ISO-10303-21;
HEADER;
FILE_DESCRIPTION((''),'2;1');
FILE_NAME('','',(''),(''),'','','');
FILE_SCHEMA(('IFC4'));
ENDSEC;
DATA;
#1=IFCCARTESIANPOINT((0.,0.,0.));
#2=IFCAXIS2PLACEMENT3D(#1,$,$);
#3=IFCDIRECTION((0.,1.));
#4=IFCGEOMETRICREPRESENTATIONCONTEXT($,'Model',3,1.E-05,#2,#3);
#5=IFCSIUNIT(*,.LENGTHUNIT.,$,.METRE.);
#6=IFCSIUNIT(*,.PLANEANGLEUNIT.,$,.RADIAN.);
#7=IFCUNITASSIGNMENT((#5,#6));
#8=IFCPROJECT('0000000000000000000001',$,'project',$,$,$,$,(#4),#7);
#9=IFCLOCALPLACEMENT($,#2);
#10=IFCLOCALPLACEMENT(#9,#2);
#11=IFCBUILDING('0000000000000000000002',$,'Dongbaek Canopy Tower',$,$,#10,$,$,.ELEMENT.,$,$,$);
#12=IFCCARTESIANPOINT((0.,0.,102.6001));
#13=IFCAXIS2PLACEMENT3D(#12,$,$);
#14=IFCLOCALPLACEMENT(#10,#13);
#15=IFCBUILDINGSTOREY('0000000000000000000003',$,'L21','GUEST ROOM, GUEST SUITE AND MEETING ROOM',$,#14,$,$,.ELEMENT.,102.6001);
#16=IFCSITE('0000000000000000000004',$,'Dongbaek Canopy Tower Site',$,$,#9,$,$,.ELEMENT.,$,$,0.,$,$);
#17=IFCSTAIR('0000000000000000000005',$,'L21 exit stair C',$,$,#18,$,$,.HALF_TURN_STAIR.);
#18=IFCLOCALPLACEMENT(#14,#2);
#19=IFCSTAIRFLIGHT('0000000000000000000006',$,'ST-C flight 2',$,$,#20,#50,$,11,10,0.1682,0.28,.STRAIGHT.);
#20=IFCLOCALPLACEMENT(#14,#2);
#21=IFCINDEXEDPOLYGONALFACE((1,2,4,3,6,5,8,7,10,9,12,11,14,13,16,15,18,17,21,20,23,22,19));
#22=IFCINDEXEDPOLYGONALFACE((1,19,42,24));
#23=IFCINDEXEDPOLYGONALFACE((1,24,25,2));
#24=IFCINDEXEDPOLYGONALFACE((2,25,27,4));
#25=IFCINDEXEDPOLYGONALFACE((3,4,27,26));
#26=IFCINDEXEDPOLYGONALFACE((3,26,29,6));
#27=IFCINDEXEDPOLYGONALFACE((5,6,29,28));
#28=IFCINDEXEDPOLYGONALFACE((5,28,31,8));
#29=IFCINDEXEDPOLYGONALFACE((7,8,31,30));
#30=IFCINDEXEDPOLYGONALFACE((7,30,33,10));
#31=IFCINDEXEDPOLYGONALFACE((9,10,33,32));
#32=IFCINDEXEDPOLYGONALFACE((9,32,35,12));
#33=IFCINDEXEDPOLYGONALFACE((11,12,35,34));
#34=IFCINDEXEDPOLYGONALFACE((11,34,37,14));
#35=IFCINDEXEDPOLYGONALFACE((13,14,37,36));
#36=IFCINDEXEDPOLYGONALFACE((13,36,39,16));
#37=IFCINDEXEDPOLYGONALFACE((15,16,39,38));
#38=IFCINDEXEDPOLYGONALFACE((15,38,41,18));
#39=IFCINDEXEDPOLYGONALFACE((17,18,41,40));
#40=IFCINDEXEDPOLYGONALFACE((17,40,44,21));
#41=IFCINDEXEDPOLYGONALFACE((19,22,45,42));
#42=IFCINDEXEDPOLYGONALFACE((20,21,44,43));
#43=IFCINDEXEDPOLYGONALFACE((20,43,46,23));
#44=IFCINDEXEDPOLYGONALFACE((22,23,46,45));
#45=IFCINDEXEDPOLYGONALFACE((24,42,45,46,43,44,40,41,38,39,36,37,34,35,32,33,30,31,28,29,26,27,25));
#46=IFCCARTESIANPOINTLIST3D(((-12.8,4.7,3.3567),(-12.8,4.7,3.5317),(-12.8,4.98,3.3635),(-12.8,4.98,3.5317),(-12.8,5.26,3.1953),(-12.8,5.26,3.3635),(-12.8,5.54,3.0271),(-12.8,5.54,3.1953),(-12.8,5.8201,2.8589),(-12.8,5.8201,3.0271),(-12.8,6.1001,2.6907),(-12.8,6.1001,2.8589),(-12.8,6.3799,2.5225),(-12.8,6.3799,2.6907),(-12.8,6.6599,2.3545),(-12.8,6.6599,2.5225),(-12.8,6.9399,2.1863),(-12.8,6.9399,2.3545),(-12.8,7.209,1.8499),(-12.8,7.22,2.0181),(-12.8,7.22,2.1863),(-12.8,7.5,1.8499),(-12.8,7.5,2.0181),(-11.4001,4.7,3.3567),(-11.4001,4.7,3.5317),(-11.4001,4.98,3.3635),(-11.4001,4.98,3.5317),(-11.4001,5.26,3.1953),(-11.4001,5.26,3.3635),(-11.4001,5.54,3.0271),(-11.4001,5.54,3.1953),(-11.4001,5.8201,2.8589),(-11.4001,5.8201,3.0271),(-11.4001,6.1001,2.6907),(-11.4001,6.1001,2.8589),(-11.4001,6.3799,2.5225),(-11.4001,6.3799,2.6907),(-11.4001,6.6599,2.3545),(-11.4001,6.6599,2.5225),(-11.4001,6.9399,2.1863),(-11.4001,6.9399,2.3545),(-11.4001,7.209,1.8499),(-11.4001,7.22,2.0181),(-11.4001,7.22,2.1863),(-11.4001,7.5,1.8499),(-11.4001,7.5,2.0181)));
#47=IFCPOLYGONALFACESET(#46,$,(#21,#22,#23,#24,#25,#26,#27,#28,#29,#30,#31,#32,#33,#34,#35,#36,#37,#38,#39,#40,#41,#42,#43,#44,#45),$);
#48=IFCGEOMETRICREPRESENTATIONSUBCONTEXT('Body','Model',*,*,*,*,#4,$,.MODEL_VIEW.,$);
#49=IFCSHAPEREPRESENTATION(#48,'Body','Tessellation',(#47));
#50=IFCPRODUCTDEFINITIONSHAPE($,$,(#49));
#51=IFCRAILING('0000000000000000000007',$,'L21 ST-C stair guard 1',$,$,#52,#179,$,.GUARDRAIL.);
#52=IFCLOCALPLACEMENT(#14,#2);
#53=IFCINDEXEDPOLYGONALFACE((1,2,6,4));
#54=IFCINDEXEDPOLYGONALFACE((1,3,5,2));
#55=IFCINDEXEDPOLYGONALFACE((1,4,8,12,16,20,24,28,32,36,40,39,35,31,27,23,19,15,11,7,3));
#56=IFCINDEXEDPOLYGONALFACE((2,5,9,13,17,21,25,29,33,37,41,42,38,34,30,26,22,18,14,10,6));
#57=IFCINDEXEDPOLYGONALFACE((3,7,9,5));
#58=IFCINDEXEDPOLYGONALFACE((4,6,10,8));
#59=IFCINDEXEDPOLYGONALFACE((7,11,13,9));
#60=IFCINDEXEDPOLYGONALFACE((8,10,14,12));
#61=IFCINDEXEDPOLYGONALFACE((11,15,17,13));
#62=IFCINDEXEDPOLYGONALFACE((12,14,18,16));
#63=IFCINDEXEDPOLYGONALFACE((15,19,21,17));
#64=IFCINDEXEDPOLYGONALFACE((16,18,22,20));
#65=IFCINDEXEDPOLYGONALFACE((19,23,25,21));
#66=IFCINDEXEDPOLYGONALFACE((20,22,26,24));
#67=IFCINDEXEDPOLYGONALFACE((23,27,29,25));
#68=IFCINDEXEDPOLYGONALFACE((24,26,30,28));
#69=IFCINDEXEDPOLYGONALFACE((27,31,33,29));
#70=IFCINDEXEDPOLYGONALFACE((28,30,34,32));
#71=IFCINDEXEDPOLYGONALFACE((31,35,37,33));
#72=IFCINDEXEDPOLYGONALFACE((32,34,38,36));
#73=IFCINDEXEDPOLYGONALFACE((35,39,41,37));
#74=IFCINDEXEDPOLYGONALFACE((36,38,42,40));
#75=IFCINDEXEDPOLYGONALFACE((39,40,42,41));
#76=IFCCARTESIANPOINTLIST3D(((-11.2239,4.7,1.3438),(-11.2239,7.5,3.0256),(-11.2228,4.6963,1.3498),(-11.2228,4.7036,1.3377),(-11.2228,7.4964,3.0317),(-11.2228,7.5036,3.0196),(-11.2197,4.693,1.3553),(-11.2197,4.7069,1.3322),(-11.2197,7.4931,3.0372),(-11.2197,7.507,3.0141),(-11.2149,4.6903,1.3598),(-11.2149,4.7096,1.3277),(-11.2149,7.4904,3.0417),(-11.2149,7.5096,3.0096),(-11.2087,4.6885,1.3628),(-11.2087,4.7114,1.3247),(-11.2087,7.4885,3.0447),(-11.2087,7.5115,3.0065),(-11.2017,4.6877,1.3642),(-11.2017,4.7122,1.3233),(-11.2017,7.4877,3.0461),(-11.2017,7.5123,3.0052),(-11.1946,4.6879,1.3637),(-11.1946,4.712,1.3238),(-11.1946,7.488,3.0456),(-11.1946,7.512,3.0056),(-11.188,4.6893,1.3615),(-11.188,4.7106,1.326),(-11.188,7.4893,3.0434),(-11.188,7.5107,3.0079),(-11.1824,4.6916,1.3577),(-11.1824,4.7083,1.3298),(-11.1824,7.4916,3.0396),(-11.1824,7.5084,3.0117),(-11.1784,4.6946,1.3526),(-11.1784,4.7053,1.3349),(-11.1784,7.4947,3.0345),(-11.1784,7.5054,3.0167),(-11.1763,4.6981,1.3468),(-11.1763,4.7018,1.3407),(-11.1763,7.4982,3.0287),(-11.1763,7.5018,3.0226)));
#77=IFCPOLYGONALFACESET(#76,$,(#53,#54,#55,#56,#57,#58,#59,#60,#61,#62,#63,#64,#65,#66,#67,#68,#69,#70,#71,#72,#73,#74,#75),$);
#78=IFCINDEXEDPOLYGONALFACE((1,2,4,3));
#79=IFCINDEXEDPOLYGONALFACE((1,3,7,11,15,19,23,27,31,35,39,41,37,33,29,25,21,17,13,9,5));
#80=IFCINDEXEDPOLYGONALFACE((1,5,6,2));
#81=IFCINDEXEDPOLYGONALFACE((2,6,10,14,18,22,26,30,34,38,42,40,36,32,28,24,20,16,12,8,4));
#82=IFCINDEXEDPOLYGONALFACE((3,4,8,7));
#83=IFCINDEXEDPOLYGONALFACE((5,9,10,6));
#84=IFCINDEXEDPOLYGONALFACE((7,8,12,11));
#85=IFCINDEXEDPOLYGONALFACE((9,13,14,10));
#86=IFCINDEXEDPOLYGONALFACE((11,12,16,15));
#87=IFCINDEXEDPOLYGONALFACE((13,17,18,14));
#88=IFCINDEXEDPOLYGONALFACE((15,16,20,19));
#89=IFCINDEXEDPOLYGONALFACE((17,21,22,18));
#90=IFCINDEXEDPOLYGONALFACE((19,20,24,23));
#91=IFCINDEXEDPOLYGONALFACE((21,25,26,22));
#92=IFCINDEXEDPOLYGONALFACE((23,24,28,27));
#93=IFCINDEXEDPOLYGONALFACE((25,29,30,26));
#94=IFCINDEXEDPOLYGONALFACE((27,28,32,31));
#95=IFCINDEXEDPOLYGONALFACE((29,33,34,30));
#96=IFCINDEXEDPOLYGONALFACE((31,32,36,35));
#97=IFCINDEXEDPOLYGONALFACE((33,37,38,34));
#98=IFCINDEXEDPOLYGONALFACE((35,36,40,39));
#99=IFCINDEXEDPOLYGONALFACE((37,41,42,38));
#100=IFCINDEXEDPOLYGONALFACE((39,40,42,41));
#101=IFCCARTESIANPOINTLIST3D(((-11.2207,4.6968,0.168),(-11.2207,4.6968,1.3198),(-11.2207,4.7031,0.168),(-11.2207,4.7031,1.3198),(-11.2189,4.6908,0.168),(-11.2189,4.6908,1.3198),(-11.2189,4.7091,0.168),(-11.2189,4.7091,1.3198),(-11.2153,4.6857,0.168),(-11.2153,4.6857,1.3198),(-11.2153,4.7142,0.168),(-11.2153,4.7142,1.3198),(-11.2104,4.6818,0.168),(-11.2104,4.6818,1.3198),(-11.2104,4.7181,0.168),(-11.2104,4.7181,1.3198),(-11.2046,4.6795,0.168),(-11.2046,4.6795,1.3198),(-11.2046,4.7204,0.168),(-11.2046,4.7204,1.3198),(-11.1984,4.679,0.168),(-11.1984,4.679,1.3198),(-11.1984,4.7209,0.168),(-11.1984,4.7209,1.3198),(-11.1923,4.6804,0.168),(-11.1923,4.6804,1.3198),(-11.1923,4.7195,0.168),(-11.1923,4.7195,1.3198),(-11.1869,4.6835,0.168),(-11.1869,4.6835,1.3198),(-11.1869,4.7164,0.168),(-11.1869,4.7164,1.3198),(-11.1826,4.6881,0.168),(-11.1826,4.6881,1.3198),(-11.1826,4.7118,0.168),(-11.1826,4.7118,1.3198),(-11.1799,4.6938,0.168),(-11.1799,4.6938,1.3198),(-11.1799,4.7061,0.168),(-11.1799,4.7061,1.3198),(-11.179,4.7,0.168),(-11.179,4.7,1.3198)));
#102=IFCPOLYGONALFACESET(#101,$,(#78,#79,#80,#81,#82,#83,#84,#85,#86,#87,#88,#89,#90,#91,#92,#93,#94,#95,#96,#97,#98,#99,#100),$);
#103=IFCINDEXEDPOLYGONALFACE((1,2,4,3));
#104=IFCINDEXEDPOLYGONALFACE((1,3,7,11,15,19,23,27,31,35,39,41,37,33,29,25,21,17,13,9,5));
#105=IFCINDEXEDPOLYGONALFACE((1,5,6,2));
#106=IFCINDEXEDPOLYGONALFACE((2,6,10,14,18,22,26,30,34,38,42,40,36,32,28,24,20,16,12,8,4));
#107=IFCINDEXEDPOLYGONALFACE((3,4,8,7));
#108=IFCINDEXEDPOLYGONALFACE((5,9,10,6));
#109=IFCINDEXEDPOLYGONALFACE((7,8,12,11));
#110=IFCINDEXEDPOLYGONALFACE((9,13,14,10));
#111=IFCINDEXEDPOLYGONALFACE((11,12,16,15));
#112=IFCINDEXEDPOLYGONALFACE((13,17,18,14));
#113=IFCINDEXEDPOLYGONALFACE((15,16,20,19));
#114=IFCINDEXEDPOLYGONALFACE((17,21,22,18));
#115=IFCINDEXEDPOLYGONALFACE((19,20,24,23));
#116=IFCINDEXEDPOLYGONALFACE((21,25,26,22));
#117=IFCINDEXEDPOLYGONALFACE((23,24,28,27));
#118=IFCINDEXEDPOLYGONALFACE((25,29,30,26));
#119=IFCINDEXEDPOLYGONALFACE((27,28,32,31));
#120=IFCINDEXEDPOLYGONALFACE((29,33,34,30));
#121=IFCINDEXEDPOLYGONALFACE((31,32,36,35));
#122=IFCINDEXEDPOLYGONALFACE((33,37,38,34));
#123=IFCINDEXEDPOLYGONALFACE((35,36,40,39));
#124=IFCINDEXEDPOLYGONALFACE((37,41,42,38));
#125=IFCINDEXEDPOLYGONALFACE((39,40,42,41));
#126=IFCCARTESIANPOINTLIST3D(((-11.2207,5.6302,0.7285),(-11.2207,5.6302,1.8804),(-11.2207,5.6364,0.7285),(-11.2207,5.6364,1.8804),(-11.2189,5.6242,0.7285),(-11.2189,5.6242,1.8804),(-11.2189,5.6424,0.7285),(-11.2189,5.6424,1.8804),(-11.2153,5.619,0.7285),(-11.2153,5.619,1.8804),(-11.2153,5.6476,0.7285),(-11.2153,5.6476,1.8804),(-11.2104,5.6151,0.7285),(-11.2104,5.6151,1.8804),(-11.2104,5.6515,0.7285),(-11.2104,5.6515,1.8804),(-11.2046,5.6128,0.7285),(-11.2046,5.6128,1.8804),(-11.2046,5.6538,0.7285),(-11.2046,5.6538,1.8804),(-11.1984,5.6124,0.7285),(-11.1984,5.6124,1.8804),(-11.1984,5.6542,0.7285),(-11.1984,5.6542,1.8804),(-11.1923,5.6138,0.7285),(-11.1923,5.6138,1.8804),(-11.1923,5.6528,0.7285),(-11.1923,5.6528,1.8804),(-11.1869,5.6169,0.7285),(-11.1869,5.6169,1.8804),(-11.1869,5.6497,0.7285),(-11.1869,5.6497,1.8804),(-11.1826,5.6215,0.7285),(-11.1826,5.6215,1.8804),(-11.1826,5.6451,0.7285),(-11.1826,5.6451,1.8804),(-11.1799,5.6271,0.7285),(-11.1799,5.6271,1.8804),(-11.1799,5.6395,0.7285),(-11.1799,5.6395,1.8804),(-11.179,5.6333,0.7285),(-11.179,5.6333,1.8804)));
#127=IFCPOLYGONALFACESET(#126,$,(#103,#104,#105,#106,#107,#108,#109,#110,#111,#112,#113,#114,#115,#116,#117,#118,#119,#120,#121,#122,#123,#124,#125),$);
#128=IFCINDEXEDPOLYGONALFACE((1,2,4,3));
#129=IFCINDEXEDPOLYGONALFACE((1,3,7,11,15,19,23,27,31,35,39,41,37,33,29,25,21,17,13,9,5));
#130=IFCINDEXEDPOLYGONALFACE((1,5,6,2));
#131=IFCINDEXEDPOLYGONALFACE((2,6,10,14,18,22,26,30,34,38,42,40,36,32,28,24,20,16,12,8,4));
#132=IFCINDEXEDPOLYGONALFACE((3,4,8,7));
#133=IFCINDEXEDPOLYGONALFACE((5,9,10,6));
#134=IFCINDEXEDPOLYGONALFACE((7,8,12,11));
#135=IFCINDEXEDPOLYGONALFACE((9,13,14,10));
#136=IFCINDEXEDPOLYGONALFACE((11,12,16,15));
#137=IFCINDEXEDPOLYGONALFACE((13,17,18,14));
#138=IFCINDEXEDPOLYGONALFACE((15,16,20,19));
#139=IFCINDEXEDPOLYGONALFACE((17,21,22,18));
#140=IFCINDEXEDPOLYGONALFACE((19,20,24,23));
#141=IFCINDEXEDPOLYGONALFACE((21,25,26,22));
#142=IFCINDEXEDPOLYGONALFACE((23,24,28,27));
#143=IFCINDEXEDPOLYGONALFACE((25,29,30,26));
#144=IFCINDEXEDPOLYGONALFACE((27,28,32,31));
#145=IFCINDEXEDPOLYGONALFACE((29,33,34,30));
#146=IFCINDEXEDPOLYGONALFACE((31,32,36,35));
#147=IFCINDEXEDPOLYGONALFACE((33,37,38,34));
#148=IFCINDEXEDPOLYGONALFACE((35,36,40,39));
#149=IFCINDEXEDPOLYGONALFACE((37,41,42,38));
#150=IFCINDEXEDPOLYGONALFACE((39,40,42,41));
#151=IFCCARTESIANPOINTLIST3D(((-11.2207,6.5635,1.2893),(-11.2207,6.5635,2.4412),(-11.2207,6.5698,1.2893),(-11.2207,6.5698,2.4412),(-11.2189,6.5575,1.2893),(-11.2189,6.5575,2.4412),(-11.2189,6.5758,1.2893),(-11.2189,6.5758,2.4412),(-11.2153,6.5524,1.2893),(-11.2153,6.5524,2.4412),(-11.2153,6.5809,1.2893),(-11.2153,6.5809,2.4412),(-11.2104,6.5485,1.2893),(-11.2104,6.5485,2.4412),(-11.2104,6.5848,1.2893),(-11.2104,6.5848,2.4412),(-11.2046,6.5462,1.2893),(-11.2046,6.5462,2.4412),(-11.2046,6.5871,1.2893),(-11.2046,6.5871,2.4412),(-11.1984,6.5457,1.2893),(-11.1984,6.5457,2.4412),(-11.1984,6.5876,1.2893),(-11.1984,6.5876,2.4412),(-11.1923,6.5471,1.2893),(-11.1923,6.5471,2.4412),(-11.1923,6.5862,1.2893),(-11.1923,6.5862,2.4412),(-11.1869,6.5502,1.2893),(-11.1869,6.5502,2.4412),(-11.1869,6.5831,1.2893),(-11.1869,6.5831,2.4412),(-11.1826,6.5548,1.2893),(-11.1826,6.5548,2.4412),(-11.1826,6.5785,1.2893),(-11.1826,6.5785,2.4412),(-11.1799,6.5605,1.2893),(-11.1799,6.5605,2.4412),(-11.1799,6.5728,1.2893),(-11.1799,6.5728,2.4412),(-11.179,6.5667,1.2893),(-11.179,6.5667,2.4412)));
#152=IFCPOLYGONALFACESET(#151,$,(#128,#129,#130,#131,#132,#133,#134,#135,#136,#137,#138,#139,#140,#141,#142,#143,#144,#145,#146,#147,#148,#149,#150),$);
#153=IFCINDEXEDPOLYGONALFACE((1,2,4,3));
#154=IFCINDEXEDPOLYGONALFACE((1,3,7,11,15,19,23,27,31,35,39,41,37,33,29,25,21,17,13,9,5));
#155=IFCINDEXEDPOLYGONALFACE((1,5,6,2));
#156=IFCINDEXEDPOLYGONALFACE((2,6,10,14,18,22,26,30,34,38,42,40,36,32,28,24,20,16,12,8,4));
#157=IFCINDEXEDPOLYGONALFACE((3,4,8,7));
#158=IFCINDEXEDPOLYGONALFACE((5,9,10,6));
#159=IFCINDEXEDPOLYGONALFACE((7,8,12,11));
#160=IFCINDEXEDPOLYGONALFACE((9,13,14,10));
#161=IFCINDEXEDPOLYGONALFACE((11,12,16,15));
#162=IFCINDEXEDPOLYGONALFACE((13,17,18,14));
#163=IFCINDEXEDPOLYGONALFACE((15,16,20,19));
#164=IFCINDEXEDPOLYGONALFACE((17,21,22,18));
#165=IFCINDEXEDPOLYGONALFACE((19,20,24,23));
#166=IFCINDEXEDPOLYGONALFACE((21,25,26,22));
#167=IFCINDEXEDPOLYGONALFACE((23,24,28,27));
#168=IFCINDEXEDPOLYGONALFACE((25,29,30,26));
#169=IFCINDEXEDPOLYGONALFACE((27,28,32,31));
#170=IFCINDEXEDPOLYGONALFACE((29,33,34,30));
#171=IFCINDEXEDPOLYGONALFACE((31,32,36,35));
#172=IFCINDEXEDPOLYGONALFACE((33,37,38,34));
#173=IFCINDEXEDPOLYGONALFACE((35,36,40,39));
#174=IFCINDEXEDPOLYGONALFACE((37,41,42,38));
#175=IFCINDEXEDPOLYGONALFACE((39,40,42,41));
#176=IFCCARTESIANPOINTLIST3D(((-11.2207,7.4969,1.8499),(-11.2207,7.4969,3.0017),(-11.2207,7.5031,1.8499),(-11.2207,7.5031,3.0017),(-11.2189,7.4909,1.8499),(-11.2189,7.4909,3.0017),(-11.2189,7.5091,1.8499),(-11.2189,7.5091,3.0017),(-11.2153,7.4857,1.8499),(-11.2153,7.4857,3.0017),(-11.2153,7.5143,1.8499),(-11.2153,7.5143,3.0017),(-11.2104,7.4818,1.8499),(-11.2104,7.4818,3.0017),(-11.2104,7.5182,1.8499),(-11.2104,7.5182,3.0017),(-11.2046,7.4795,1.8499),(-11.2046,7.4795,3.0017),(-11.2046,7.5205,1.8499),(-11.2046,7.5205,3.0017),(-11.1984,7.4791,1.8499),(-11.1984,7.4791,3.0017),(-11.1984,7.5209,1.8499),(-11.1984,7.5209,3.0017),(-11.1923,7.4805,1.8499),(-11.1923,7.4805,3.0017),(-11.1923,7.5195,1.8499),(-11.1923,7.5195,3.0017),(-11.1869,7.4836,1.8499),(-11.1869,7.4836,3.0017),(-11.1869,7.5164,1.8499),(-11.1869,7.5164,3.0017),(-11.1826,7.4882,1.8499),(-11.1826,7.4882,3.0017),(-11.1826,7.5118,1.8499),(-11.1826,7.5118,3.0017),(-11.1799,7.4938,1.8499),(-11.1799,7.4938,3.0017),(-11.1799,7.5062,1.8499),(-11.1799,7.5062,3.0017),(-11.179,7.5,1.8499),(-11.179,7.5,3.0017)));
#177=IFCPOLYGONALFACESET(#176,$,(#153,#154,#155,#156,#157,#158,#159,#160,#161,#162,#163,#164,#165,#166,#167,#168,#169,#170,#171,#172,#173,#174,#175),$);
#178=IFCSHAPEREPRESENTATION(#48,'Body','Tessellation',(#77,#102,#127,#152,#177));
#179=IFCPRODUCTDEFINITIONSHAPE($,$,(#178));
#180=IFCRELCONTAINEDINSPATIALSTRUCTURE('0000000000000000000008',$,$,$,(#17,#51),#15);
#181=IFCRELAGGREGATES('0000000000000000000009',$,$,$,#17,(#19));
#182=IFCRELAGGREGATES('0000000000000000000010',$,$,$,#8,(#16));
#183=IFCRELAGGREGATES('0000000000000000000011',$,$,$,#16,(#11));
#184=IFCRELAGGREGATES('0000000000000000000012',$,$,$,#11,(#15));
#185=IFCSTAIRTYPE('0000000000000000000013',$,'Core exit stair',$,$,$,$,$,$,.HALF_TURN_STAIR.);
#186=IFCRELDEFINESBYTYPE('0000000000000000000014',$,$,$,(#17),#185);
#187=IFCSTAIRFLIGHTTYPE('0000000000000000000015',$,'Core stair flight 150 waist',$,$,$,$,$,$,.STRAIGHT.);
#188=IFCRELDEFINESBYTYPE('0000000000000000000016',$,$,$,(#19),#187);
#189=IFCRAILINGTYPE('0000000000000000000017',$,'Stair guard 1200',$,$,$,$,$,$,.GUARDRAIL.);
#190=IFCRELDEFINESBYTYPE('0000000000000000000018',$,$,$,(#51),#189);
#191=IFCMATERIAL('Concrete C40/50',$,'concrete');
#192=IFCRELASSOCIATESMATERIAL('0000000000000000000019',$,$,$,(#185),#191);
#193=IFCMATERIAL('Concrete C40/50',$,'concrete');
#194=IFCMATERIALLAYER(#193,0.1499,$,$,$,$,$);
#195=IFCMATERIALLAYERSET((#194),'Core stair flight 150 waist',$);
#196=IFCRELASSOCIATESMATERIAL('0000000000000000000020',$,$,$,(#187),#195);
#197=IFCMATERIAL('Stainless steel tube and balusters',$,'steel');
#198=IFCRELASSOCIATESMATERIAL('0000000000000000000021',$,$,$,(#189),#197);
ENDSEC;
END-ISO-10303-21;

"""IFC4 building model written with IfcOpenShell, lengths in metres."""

from ifc_helpers import new_model, si_unit, direction, frame, origin, origin_2d, place, context, subcontext, project, spatial, polyline, circle, outline, extrude, material, layer, layer_set, type_object, element, aggregate, save


model = new_model("IFC4")

# Units and contexts
model_context = context("Model", 3, precision=1e-05, world=origin(), true_north=direction((0.0, 1.0)))
body_context = subcontext(model_context, "Body", "Model", "MODEL_VIEW")
ifc_project = project(units=[si_unit("LENGTHUNIT", "METRE"), si_unit("PLANEANGLEUNIT", "RADIAN")], contexts=[model_context])

# Site, building, storey
site_placement = place(None, origin())
site = spatial("IfcSite", under=ifc_project, at=site_placement, Name="Dongbaek Canopy Tower Site", CompositionType="ELEMENT", RefElevation=0.0)
building_placement = place(site_placement, origin())
building = spatial("IfcBuilding", under=site, at=building_placement, Name="Dongbaek Canopy Tower", CompositionType="ELEMENT")
storey_placement = place(building_placement, frame((0.0, 0.0, 102.6001)))
storey = spatial("IfcBuildingStorey", under=building, at=storey_placement, Name="L21", Description="GUEST ROOM, GUEST SUITE AND MEETING ROOM", CompositionType="ELEMENT", Elevation=102.6001)

# Stair, stair flight
ifc_material_1 = material(Name="Concrete C40/50", Category="concrete")
stair_type = type_object("IfcStairType", Name="Core exit stair", PredefinedType="HALF_TURN_STAIR", material=ifc_material_1)
stair_placement = place(storey_placement, origin())
stair = element("IfcStair", 1, at=stair_placement, inside=storey, type_object=stair_type, Name="L21 exit stair C", PredefinedType="HALF_TURN_STAIR")
ifc_material_2 = material(Name="Concrete C40/50", Category="concrete")
ifc_layer_1 = layer(ifc_material_2, 0.1499)
ifc_layer_set_1 = layer_set([ifc_layer_1], Name="Core stair flight 150 waist")
stair_flight_type = type_object("IfcStairFlightType", Name="Core stair flight 150 waist", PredefinedType="STRAIGHT", material=ifc_layer_set_1)
stair_flight_1_placement = place(storey_placement, frame((-12.1001, 7.5, 1.8499), z_axis=(0.0, 0.0, 1.0), x_axis=(0.0, -1.0, 0.0)))
stair_flight_1 = element("IfcStairFlight", 2, at=stair_flight_1_placement, type_object=stair_flight_type, Name="ST-C flight 2", NumberOfRisers=11, NumberOfTreads=10, PredefinedType="STRAIGHT", RiserHeight=0.1682, TreadLength=0.28, context=body_context, shape_type="SweptSolid", body=[
    extrude(outline(polyline([(0.0, 0.0), (0.0, 0.1682), (0.28, 0.1682), (0.28, 0.3364), (0.5601, 0.3364), (0.5601, 0.5046), (0.8401, 0.5046), (0.8401, 0.6726), (1.1201, 0.6726), (1.1201, 0.8408), (1.3999, 0.8408), (1.3999, 1.009), (1.6799, 1.009), (1.6799, 1.1772), (1.96, 1.1772), (1.96, 1.3455), (2.24, 1.3455), (2.24, 1.5137), (2.52, 1.5137), (2.52, 1.6819), (2.8, 1.6819), (2.8, 1.8501), (2.8, 1.5068), (0.291, 0.0), (0.0, 0.0)])), frame((0.0, 0.7, 0.0), z_axis=(0.0, -1.0, 0.0), x_axis=(1.0, 0.0, 0.0)), (0.0, 0.0, 1.0), 1.3999),
])
aggregate(stair, [stair_flight_1])

# Railing
ifc_material_3 = material(Name="Stainless steel tube and balusters", Category="steel")
railing_type_1 = type_object("IfcRailingType", Name="Stair guard 1200", PredefinedType="GUARDRAIL", material=ifc_material_3)
railing_1_placement = place(storey_placement, frame((-11.2, 4.7, 0.168)))
element("IfcRailing", 3, at=railing_1_placement, inside=storey, type_object=railing_type_1, Name="L21 ST-C stair guard 1", PredefinedType="GUARDRAIL", context=body_context, shape_type="SweptSolid", body=[
    extrude(circle(Radius=0.0239, at=origin_2d()), frame((0.0, 0.0, 1.1758), z_axis=(0.0, 0.857242, 0.514913), x_axis=(-1.0, 0.0, 0.0)), (0.0, 0.0, 1.0), 3.2664),
    extrude(circle(Radius=0.021, at=origin_2d()), origin(), (0.0, 0.0, 1.0), 1.1519),
    extrude(circle(Radius=0.021, at=origin_2d()), frame((0.0, 0.9333, 0.5605)), (0.0, 0.0, 1.0), 1.1519),
    extrude(circle(Radius=0.021, at=origin_2d()), frame((0.0, 1.8667, 1.1213)), (0.0, 0.0, 1.0), 1.1519),
    extrude(circle(Radius=0.021, at=origin_2d()), frame((0.0, 2.8, 1.6819)), (0.0, 0.0, 1.0), 1.1519),
])

save(model, "model.ifc")
